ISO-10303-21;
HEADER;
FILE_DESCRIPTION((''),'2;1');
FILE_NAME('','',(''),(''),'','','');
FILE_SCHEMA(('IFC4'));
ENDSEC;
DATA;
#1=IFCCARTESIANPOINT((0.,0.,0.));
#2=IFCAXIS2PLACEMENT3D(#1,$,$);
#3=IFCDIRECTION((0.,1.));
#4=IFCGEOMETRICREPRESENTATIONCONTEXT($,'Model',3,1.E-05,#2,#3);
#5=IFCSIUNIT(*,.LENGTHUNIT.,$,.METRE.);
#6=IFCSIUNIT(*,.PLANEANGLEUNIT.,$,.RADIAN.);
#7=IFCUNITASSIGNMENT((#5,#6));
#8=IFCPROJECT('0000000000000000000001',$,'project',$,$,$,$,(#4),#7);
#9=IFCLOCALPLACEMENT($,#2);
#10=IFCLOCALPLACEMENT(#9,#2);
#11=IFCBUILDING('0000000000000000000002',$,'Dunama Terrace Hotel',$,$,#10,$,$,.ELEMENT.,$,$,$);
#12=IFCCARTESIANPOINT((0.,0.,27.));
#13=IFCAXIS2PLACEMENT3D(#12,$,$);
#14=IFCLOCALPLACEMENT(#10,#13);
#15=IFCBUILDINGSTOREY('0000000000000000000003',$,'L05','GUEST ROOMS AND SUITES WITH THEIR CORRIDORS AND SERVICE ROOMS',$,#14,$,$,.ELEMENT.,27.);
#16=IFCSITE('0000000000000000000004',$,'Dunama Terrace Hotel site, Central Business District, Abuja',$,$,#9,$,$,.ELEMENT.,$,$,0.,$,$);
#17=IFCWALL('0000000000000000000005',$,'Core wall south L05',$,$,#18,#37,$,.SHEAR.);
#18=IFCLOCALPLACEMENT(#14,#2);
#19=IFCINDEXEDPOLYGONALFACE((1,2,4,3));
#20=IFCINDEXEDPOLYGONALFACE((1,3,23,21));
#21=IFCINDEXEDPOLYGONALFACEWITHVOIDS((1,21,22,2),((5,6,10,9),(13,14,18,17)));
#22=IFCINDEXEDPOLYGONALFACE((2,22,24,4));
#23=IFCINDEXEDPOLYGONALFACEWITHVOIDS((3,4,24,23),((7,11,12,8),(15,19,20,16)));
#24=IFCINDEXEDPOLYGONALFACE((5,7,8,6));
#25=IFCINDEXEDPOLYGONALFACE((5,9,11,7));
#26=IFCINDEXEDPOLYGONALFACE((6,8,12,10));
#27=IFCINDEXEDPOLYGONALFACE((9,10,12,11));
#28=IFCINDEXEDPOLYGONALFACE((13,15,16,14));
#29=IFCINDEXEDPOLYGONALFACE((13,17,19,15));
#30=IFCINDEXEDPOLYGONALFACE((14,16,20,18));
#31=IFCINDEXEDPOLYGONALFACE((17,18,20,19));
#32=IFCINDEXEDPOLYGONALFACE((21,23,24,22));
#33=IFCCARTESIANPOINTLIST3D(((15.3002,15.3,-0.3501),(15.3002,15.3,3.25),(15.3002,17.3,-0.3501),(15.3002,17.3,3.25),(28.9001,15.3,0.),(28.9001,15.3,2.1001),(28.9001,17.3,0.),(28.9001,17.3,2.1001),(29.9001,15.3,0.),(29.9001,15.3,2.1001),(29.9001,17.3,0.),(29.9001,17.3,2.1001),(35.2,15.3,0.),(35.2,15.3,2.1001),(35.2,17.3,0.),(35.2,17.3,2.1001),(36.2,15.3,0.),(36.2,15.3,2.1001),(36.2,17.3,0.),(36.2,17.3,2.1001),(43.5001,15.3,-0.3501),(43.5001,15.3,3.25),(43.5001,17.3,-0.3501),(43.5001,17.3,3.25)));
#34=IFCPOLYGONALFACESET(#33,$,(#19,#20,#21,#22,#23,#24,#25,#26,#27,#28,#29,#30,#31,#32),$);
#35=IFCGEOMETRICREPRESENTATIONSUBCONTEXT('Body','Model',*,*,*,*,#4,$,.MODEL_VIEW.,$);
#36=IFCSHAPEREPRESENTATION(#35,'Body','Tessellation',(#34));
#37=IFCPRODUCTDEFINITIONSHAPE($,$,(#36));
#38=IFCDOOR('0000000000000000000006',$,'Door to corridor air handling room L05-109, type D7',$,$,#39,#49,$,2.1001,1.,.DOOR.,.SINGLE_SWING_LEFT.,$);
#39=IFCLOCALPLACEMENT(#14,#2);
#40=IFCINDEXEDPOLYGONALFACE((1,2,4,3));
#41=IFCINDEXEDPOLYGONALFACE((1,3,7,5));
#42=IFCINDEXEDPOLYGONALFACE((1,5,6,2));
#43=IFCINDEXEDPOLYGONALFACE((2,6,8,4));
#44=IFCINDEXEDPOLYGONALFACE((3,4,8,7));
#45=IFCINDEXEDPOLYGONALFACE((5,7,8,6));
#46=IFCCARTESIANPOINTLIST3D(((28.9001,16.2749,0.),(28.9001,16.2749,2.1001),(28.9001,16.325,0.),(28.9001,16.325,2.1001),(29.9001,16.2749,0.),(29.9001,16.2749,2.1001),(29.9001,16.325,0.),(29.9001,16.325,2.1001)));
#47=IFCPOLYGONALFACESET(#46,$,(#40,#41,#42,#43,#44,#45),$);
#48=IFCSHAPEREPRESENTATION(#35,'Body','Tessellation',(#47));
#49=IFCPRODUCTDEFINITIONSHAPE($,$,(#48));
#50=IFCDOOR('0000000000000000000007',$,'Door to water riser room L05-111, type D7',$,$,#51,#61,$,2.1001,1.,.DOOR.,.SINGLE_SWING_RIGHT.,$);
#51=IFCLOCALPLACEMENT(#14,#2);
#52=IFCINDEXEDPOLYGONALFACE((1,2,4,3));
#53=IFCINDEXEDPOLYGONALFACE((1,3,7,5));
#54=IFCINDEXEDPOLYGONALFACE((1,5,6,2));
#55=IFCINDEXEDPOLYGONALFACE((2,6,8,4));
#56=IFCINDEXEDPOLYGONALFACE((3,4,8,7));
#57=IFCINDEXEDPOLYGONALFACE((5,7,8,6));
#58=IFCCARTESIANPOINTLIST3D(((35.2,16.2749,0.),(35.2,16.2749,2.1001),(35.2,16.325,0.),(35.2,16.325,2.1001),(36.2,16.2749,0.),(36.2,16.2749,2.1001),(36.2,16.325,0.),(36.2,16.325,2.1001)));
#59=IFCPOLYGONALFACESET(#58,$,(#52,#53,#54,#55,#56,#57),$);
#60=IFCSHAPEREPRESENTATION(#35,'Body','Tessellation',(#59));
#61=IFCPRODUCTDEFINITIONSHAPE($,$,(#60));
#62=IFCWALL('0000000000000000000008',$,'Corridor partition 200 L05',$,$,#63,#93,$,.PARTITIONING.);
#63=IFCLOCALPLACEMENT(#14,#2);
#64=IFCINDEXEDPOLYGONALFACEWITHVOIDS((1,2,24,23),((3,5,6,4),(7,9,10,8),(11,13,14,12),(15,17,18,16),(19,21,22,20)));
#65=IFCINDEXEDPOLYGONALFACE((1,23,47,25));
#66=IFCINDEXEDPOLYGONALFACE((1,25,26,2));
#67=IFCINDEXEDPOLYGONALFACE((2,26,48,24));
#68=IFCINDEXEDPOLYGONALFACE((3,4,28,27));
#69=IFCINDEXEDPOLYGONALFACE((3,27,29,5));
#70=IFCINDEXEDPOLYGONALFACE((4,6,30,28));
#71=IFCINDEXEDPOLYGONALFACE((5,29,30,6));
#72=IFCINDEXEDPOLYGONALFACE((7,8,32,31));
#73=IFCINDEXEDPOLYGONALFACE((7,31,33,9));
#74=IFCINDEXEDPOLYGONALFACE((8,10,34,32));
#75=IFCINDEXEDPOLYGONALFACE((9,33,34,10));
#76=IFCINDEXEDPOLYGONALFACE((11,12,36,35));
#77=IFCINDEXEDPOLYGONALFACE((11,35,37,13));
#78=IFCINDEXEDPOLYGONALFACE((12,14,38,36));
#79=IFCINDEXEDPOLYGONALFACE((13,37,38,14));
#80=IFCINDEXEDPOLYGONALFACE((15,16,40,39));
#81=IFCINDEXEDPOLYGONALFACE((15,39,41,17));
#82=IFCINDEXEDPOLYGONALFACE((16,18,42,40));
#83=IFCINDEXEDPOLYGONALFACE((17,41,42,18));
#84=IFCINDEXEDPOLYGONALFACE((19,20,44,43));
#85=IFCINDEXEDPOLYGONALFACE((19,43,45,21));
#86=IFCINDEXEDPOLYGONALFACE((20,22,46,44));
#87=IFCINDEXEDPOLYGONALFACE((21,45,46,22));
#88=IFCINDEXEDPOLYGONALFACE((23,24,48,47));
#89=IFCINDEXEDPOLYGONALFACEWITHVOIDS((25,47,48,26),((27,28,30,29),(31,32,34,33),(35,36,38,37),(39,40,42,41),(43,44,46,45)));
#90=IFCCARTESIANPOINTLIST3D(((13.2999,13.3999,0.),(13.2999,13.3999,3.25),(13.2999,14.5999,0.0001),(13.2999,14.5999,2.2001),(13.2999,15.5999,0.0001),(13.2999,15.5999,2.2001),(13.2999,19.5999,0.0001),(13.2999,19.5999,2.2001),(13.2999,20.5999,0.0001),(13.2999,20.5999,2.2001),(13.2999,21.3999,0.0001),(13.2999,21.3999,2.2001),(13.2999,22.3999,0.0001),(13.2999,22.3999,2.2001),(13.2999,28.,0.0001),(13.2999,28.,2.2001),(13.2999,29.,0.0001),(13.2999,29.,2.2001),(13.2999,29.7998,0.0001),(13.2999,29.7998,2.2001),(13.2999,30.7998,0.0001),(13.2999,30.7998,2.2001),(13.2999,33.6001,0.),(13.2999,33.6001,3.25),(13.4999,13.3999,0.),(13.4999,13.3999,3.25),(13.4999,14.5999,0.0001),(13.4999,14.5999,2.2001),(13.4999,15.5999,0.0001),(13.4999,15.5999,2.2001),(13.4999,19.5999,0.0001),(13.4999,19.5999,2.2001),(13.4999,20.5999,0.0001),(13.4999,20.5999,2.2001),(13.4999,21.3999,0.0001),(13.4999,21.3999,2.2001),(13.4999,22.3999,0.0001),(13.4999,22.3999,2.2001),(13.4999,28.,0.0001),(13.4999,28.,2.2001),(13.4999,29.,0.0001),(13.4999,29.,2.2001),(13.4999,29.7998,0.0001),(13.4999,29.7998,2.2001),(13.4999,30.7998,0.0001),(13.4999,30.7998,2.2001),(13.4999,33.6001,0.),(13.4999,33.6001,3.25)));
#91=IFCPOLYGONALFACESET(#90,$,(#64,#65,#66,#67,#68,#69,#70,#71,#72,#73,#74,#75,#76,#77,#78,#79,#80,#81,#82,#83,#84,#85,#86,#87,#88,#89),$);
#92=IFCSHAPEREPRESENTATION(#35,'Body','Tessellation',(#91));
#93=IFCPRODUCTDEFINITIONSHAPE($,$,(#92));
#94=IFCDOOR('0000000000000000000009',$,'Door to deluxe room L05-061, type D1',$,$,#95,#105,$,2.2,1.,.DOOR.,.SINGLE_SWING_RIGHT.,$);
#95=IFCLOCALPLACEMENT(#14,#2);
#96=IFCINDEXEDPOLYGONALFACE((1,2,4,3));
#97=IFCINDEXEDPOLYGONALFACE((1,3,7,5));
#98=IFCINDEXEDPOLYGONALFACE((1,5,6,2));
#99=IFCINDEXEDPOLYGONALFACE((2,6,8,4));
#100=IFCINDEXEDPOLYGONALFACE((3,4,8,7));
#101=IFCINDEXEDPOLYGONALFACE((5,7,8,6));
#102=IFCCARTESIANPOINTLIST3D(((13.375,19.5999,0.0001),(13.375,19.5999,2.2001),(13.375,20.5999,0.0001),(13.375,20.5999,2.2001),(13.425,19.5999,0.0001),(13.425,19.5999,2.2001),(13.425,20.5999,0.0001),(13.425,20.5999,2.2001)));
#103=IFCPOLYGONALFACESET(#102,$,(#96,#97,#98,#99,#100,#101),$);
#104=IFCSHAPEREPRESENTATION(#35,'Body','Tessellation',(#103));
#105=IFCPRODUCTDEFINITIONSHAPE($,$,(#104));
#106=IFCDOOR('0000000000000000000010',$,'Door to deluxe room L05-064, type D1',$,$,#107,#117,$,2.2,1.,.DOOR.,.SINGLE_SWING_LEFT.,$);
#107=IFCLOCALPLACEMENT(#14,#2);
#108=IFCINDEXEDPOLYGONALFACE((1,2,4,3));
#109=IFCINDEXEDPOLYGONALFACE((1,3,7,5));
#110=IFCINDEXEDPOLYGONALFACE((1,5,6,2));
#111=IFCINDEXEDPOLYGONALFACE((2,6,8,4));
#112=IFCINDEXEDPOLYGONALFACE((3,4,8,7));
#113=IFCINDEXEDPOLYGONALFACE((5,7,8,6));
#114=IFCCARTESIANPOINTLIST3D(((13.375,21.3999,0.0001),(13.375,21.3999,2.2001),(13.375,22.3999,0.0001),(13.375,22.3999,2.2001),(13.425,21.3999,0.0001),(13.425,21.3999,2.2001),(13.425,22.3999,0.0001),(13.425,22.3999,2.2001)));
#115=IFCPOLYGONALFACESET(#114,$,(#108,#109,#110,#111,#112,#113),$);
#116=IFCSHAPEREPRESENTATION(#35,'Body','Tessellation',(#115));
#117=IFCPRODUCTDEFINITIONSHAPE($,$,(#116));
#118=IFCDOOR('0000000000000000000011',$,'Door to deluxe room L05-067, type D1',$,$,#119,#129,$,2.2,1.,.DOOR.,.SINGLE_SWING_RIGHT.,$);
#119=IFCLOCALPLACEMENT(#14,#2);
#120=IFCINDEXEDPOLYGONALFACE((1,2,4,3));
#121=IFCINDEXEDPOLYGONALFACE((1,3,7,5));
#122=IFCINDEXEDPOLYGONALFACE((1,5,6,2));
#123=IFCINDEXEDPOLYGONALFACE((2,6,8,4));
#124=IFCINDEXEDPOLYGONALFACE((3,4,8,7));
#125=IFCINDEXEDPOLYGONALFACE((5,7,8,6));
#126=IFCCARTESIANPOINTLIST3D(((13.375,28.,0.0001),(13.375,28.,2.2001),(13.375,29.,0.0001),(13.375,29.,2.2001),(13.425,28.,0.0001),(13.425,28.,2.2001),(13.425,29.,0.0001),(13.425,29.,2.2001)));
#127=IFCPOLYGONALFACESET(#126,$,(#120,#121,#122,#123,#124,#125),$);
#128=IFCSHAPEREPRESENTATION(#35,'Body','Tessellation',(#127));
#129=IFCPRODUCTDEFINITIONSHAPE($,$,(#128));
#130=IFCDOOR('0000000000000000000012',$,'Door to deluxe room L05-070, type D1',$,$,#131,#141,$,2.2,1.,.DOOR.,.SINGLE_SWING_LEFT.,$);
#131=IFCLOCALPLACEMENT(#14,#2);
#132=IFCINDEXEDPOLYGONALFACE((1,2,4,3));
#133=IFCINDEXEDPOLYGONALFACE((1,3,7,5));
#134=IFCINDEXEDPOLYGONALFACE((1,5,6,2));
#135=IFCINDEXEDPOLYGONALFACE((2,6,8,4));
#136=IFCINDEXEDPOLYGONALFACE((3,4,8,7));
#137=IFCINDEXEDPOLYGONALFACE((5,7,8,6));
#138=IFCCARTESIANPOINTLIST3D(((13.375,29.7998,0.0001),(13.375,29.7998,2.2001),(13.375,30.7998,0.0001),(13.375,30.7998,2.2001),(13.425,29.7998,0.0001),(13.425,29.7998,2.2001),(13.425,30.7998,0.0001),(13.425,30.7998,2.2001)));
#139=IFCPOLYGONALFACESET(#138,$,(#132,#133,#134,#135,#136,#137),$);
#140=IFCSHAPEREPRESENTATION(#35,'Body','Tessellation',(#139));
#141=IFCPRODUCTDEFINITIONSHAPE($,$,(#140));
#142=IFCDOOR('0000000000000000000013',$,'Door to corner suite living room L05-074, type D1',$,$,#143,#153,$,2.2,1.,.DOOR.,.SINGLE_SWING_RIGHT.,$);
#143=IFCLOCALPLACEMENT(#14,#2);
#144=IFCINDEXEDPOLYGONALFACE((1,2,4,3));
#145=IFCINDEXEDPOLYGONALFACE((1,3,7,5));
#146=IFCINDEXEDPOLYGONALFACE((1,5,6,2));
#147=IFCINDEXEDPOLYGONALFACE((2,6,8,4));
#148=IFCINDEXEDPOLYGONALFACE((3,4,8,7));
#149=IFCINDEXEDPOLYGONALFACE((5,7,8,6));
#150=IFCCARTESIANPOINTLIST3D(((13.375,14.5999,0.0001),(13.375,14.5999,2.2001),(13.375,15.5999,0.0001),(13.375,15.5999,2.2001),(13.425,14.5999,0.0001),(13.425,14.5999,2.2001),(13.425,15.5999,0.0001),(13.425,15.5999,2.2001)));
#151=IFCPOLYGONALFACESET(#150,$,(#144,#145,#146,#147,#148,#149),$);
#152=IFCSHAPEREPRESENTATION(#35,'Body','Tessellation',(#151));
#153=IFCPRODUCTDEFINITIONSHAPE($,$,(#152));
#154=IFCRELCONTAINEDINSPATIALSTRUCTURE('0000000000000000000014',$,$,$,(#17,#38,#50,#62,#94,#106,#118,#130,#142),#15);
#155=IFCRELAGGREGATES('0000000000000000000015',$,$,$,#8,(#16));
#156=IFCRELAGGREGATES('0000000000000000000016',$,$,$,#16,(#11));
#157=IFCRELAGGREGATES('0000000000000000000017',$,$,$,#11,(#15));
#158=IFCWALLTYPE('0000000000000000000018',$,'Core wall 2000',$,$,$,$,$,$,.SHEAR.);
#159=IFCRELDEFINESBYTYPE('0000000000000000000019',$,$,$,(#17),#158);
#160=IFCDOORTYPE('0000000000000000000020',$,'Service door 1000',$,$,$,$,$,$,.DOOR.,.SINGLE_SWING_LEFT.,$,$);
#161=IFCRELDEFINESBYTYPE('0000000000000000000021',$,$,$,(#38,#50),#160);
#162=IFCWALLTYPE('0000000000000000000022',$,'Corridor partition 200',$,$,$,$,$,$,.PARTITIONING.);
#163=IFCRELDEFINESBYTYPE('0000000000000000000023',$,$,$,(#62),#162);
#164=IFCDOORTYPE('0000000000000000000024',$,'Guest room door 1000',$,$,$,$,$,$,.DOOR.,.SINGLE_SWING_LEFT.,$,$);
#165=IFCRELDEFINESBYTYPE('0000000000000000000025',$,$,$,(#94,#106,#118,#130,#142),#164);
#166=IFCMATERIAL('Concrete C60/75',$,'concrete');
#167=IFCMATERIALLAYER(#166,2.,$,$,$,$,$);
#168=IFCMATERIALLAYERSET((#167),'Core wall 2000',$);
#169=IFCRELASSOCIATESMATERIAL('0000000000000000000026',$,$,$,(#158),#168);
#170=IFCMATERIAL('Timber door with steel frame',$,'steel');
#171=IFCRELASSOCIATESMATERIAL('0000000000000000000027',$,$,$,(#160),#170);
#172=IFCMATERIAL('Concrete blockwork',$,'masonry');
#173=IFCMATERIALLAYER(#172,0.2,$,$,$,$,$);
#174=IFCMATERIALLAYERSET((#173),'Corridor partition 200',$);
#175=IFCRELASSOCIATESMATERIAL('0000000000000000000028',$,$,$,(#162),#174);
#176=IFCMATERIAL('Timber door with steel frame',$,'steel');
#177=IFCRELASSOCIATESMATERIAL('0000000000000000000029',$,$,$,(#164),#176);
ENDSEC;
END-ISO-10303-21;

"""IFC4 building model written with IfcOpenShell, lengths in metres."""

from ifc_helpers import new_model, si_unit, direction, frame, frame_2d, origin, place, context, subcontext, project, spatial, rectangle, extrude, material, layer, layer_set, type_object, element, fill, save


model = new_model("IFC4")

# Units and contexts
model_context = context("Model", 3, precision=1e-05, world=origin(), true_north=direction((0.0, 1.0)))
body_context = subcontext(model_context, "Body", "Model", "MODEL_VIEW")
ifc_project = project(units=[si_unit("LENGTHUNIT", "METRE"), si_unit("PLANEANGLEUNIT", "RADIAN")], contexts=[model_context])

# Site, building, storey
site_placement = place(None, origin())
site = spatial("IfcSite", under=ifc_project, at=site_placement, Name="Dunama Terrace Hotel site, Central Business District, Abuja", CompositionType="ELEMENT", RefElevation=0.0)
building_placement = place(site_placement, origin())
building = spatial("IfcBuilding", under=site, at=building_placement, Name="Dunama Terrace Hotel", CompositionType="ELEMENT")
storey_placement = place(building_placement, frame((0.0, 0.0, 27.0)))
storey = spatial("IfcBuildingStorey", under=building, at=storey_placement, Name="L05", Description="GUEST ROOMS AND SUITES WITH THEIR CORRIDORS AND SERVICE ROOMS", CompositionType="ELEMENT", Elevation=27.0)

# Walls, openings, doors
ifc_material_1 = material(Name="Concrete C60/75", Category="concrete")
ifc_layer_1 = layer(ifc_material_1, 2.0)
ifc_layer_set_1 = layer_set([ifc_layer_1], Name="Core wall 2000")
wall_type_1 = type_object("IfcWallType", Name="Core wall 2000", PredefinedType="SHEAR", material=ifc_layer_set_1)
wall_1_placement = place(storey_placement, frame((15.3, 16.3, -0.3501), z_axis=(0.0, 0.0, 1.0), x_axis=(1.0, 0.0, 0.0)))
wall_1 = element("IfcWall", 1, at=wall_1_placement, inside=storey, type_object=wall_type_1, Name="Core wall south L05", PredefinedType="SHEAR", context=body_context, shape_type="SweptSolid", body=[
    extrude(rectangle(XDim=28.2, YDim=2.0, at=frame_2d((14.1001, 0.0))), origin(), (0.0, 0.0, 1.0), 3.6001),
])
opening_1_placement = place(wall_1_placement, frame((13.6001, 0.0, 0.3501)))
opening_1 = element("IfcOpeningElement", 2, at=opening_1_placement, cuts=wall_1, PredefinedType="OPENING", context=body_context, shape_type="SweptSolid", body=[
    extrude(rectangle(XDim=1.0, YDim=2.1001, at=frame_2d((0.5, 1.05))), frame((0.0, 1.01, 0.0), z_axis=(0.0, -1.0, 0.0), x_axis=(1.0, 0.0, 0.0)), (0.0, 0.0, 1.0), 2.02),
])
opening_2_placement = place(wall_1_placement, frame((19.8999, 0.0, 0.3501)))
opening_2 = element("IfcOpeningElement", 3, at=opening_2_placement, cuts=wall_1, PredefinedType="OPENING", context=body_context, shape_type="SweptSolid", body=[
    extrude(rectangle(XDim=1.0, YDim=2.1001, at=frame_2d((0.5, 1.05))), frame((0.0, 1.01, 0.0), z_axis=(0.0, -1.0, 0.0), x_axis=(1.0, 0.0, 0.0)), (0.0, 0.0, 1.0), 2.02),
])
ifc_material_2 = material(Name="Timber door with steel frame", Category="steel")
door_type_1 = type_object("IfcDoorType", Name="Service door 1000", OperationType="SINGLE_SWING_LEFT", PredefinedType="DOOR", material=ifc_material_2)
door_1_placement = place(opening_1_placement, origin())
door_1 = element("IfcDoor", 4, at=door_1_placement, inside=storey, type_object=door_type_1, Name="Door to corridor air handling room L05-109, type D7", OperationType="SINGLE_SWING_LEFT", OverallHeight=2.1001, OverallWidth=1.0, PredefinedType="DOOR", context=body_context, shape_type="SweptSolid", body=[
    extrude(rectangle(XDim=1.0, YDim=2.1001, at=frame_2d((0.5, 1.05))), frame((0.0, 0.0249, 0.0), z_axis=(0.0, -1.0, 0.0), x_axis=(1.0, 0.0, 0.0)), (0.0, 0.0, 1.0), 0.05),
])
fill(opening_1, door_1)
door_2_placement = place(opening_2_placement, origin())
door_2 = element("IfcDoor", 5, at=door_2_placement, inside=storey, type_object=door_type_1, Name="Door to water riser room L05-111, type D7", OperationType="SINGLE_SWING_RIGHT", OverallHeight=2.1001, OverallWidth=1.0, PredefinedType="DOOR", context=body_context, shape_type="SweptSolid", body=[
    extrude(rectangle(XDim=1.0, YDim=2.1001, at=frame_2d((0.5, 1.05))), frame((0.0, 0.0249, 0.0), z_axis=(0.0, -1.0, 0.0), x_axis=(1.0, 0.0, 0.0)), (0.0, 0.0, 1.0), 0.05),
])
fill(opening_2, door_2)
ifc_material_3 = material(Name="Concrete blockwork", Category="masonry")
ifc_layer_2 = layer(ifc_material_3, 0.2)
ifc_layer_set_2 = layer_set([ifc_layer_2], Name="Corridor partition 200")
wall_type_2 = type_object("IfcWallType", Name="Corridor partition 200", PredefinedType="PARTITIONING", material=ifc_layer_set_2)
wall_2_placement = place(storey_placement, frame((13.3999, 13.3999, 0.0), z_axis=(0.0, 0.0, 1.0), x_axis=(0.0, 1.0, 0.0)))
wall_2 = element("IfcWall", 6, at=wall_2_placement, inside=storey, type_object=wall_type_2, Name="Corridor partition 200 L05", PredefinedType="PARTITIONING", context=body_context, shape_type="SweptSolid", body=[
    extrude(rectangle(XDim=20.2002, YDim=0.2, at=frame_2d((10.1001, 0.0))), origin(), (0.0, 0.0, 1.0), 3.25),
])
opening_3_placement = place(wall_2_placement, frame((6.2, 0.0, 0.0)))
opening_3 = element("IfcOpeningElement", 7, at=opening_3_placement, cuts=wall_2, PredefinedType="OPENING", context=body_context, shape_type="SweptSolid", body=[
    extrude(rectangle(XDim=1.0, YDim=2.2, at=frame_2d((0.5, 1.1001))), frame((0.0, 0.1099, 0.0), z_axis=(0.0, -1.0, 0.0), x_axis=(1.0, 0.0, 0.0)), (0.0, 0.0, 1.0), 0.22),
])
opening_4_placement = place(wall_2_placement, frame((8.0, 0.0, 0.0)))
opening_4 = element("IfcOpeningElement", 8, at=opening_4_placement, cuts=wall_2, PredefinedType="OPENING", context=body_context, shape_type="SweptSolid", body=[
    extrude(rectangle(XDim=1.0, YDim=2.2, at=frame_2d((0.5, 1.1001))), frame((0.0, 0.1099, 0.0), z_axis=(0.0, -1.0, 0.0), x_axis=(1.0, 0.0, 0.0)), (0.0, 0.0, 1.0), 0.22),
])
opening_5_placement = place(wall_2_placement, frame((14.6001, 0.0, 0.0)))
opening_5 = element("IfcOpeningElement", 9, at=opening_5_placement, cuts=wall_2, PredefinedType="OPENING", context=body_context, shape_type="SweptSolid", body=[
    extrude(rectangle(XDim=1.0, YDim=2.2, at=frame_2d((0.5, 1.1001))), frame((0.0, 0.1099, 0.0), z_axis=(0.0, -1.0, 0.0), x_axis=(1.0, 0.0, 0.0)), (0.0, 0.0, 1.0), 0.22),
])
opening_6_placement = place(wall_2_placement, frame((16.3999, 0.0, 0.0)))
opening_6 = element("IfcOpeningElement", 10, at=opening_6_placement, cuts=wall_2, PredefinedType="OPENING", context=body_context, shape_type="SweptSolid", body=[
    extrude(rectangle(XDim=1.0, YDim=2.2, at=frame_2d((0.5, 1.1001))), frame((0.0, 0.1099, 0.0), z_axis=(0.0, -1.0, 0.0), x_axis=(1.0, 0.0, 0.0)), (0.0, 0.0, 1.0), 0.22),
])
opening_7_placement = place(wall_2_placement, frame((1.2, 0.0, 0.0)))
opening_7 = element("IfcOpeningElement", 11, at=opening_7_placement, cuts=wall_2, PredefinedType="OPENING", context=body_context, shape_type="SweptSolid", body=[
    extrude(rectangle(XDim=1.0, YDim=2.2, at=frame_2d((0.5, 1.1001))), frame((0.0, 0.1099, 0.0), z_axis=(0.0, -1.0, 0.0), x_axis=(1.0, 0.0, 0.0)), (0.0, 0.0, 1.0), 0.22),
])
ifc_material_4 = material(Name="Timber door with steel frame", Category="steel")
door_type_2 = type_object("IfcDoorType", Name="Guest room door 1000", OperationType="SINGLE_SWING_LEFT", PredefinedType="DOOR", material=ifc_material_4)
door_3_placement = place(opening_3_placement, origin())
door_3 = element("IfcDoor", 12, at=door_3_placement, inside=storey, type_object=door_type_2, Name="Door to deluxe room L05-061, type D1", OperationType="SINGLE_SWING_RIGHT", OverallHeight=2.2, OverallWidth=1.0, PredefinedType="DOOR", context=body_context, shape_type="SweptSolid", body=[
    extrude(rectangle(XDim=1.0, YDim=2.2, at=frame_2d((0.5, 1.1001))), frame((0.0, 0.0249, 0.0), z_axis=(0.0, -1.0, 0.0), x_axis=(1.0, 0.0, 0.0)), (0.0, 0.0, 1.0), 0.05),
])
fill(opening_3, door_3)
door_4_placement = place(opening_4_placement, origin())
door_4 = element("IfcDoor", 13, at=door_4_placement, inside=storey, type_object=door_type_2, Name="Door to deluxe room L05-064, type D1", OperationType="SINGLE_SWING_LEFT", OverallHeight=2.2, OverallWidth=1.0, PredefinedType="DOOR", context=body_context, shape_type="SweptSolid", body=[
    extrude(rectangle(XDim=1.0, YDim=2.2, at=frame_2d((0.5, 1.1001))), frame((0.0, 0.0249, 0.0), z_axis=(0.0, -1.0, 0.0), x_axis=(1.0, 0.0, 0.0)), (0.0, 0.0, 1.0), 0.05),
])
fill(opening_4, door_4)
door_5_placement = place(opening_5_placement, origin())
door_5 = element("IfcDoor", 14, at=door_5_placement, inside=storey, type_object=door_type_2, Name="Door to deluxe room L05-067, type D1", OperationType="SINGLE_SWING_RIGHT", OverallHeight=2.2, OverallWidth=1.0, PredefinedType="DOOR", context=body_context, shape_type="SweptSolid", body=[
    extrude(rectangle(XDim=1.0, YDim=2.2, at=frame_2d((0.5, 1.1001))), frame((0.0, 0.0249, 0.0), z_axis=(0.0, -1.0, 0.0), x_axis=(1.0, 0.0, 0.0)), (0.0, 0.0, 1.0), 0.05),
])
fill(opening_5, door_5)
door_6_placement = place(opening_6_placement, origin())
door_6 = element("IfcDoor", 15, at=door_6_placement, inside=storey, type_object=door_type_2, Name="Door to deluxe room L05-070, type D1", OperationType="SINGLE_SWING_LEFT", OverallHeight=2.2, OverallWidth=1.0, PredefinedType="DOOR", context=body_context, shape_type="SweptSolid", body=[
    extrude(rectangle(XDim=1.0, YDim=2.2, at=frame_2d((0.5, 1.1001))), frame((0.0, 0.0249, 0.0), z_axis=(0.0, -1.0, 0.0), x_axis=(1.0, 0.0, 0.0)), (0.0, 0.0, 1.0), 0.05),
])
fill(opening_6, door_6)
door_7_placement = place(opening_7_placement, origin())
door_7 = element("IfcDoor", 16, at=door_7_placement, inside=storey, type_object=door_type_2, Name="Door to corner suite living room L05-074, type D1", OperationType="SINGLE_SWING_RIGHT", OverallHeight=2.2, OverallWidth=1.0, PredefinedType="DOOR", context=body_context, shape_type="SweptSolid", body=[
    extrude(rectangle(XDim=1.0, YDim=2.2, at=frame_2d((0.5, 1.1001))), frame((0.0, 0.0249, 0.0), z_axis=(0.0, -1.0, 0.0), x_axis=(1.0, 0.0, 0.0)), (0.0, 0.0, 1.0), 0.05),
])
fill(opening_7, door_7)

save(model, "model.ifc")
